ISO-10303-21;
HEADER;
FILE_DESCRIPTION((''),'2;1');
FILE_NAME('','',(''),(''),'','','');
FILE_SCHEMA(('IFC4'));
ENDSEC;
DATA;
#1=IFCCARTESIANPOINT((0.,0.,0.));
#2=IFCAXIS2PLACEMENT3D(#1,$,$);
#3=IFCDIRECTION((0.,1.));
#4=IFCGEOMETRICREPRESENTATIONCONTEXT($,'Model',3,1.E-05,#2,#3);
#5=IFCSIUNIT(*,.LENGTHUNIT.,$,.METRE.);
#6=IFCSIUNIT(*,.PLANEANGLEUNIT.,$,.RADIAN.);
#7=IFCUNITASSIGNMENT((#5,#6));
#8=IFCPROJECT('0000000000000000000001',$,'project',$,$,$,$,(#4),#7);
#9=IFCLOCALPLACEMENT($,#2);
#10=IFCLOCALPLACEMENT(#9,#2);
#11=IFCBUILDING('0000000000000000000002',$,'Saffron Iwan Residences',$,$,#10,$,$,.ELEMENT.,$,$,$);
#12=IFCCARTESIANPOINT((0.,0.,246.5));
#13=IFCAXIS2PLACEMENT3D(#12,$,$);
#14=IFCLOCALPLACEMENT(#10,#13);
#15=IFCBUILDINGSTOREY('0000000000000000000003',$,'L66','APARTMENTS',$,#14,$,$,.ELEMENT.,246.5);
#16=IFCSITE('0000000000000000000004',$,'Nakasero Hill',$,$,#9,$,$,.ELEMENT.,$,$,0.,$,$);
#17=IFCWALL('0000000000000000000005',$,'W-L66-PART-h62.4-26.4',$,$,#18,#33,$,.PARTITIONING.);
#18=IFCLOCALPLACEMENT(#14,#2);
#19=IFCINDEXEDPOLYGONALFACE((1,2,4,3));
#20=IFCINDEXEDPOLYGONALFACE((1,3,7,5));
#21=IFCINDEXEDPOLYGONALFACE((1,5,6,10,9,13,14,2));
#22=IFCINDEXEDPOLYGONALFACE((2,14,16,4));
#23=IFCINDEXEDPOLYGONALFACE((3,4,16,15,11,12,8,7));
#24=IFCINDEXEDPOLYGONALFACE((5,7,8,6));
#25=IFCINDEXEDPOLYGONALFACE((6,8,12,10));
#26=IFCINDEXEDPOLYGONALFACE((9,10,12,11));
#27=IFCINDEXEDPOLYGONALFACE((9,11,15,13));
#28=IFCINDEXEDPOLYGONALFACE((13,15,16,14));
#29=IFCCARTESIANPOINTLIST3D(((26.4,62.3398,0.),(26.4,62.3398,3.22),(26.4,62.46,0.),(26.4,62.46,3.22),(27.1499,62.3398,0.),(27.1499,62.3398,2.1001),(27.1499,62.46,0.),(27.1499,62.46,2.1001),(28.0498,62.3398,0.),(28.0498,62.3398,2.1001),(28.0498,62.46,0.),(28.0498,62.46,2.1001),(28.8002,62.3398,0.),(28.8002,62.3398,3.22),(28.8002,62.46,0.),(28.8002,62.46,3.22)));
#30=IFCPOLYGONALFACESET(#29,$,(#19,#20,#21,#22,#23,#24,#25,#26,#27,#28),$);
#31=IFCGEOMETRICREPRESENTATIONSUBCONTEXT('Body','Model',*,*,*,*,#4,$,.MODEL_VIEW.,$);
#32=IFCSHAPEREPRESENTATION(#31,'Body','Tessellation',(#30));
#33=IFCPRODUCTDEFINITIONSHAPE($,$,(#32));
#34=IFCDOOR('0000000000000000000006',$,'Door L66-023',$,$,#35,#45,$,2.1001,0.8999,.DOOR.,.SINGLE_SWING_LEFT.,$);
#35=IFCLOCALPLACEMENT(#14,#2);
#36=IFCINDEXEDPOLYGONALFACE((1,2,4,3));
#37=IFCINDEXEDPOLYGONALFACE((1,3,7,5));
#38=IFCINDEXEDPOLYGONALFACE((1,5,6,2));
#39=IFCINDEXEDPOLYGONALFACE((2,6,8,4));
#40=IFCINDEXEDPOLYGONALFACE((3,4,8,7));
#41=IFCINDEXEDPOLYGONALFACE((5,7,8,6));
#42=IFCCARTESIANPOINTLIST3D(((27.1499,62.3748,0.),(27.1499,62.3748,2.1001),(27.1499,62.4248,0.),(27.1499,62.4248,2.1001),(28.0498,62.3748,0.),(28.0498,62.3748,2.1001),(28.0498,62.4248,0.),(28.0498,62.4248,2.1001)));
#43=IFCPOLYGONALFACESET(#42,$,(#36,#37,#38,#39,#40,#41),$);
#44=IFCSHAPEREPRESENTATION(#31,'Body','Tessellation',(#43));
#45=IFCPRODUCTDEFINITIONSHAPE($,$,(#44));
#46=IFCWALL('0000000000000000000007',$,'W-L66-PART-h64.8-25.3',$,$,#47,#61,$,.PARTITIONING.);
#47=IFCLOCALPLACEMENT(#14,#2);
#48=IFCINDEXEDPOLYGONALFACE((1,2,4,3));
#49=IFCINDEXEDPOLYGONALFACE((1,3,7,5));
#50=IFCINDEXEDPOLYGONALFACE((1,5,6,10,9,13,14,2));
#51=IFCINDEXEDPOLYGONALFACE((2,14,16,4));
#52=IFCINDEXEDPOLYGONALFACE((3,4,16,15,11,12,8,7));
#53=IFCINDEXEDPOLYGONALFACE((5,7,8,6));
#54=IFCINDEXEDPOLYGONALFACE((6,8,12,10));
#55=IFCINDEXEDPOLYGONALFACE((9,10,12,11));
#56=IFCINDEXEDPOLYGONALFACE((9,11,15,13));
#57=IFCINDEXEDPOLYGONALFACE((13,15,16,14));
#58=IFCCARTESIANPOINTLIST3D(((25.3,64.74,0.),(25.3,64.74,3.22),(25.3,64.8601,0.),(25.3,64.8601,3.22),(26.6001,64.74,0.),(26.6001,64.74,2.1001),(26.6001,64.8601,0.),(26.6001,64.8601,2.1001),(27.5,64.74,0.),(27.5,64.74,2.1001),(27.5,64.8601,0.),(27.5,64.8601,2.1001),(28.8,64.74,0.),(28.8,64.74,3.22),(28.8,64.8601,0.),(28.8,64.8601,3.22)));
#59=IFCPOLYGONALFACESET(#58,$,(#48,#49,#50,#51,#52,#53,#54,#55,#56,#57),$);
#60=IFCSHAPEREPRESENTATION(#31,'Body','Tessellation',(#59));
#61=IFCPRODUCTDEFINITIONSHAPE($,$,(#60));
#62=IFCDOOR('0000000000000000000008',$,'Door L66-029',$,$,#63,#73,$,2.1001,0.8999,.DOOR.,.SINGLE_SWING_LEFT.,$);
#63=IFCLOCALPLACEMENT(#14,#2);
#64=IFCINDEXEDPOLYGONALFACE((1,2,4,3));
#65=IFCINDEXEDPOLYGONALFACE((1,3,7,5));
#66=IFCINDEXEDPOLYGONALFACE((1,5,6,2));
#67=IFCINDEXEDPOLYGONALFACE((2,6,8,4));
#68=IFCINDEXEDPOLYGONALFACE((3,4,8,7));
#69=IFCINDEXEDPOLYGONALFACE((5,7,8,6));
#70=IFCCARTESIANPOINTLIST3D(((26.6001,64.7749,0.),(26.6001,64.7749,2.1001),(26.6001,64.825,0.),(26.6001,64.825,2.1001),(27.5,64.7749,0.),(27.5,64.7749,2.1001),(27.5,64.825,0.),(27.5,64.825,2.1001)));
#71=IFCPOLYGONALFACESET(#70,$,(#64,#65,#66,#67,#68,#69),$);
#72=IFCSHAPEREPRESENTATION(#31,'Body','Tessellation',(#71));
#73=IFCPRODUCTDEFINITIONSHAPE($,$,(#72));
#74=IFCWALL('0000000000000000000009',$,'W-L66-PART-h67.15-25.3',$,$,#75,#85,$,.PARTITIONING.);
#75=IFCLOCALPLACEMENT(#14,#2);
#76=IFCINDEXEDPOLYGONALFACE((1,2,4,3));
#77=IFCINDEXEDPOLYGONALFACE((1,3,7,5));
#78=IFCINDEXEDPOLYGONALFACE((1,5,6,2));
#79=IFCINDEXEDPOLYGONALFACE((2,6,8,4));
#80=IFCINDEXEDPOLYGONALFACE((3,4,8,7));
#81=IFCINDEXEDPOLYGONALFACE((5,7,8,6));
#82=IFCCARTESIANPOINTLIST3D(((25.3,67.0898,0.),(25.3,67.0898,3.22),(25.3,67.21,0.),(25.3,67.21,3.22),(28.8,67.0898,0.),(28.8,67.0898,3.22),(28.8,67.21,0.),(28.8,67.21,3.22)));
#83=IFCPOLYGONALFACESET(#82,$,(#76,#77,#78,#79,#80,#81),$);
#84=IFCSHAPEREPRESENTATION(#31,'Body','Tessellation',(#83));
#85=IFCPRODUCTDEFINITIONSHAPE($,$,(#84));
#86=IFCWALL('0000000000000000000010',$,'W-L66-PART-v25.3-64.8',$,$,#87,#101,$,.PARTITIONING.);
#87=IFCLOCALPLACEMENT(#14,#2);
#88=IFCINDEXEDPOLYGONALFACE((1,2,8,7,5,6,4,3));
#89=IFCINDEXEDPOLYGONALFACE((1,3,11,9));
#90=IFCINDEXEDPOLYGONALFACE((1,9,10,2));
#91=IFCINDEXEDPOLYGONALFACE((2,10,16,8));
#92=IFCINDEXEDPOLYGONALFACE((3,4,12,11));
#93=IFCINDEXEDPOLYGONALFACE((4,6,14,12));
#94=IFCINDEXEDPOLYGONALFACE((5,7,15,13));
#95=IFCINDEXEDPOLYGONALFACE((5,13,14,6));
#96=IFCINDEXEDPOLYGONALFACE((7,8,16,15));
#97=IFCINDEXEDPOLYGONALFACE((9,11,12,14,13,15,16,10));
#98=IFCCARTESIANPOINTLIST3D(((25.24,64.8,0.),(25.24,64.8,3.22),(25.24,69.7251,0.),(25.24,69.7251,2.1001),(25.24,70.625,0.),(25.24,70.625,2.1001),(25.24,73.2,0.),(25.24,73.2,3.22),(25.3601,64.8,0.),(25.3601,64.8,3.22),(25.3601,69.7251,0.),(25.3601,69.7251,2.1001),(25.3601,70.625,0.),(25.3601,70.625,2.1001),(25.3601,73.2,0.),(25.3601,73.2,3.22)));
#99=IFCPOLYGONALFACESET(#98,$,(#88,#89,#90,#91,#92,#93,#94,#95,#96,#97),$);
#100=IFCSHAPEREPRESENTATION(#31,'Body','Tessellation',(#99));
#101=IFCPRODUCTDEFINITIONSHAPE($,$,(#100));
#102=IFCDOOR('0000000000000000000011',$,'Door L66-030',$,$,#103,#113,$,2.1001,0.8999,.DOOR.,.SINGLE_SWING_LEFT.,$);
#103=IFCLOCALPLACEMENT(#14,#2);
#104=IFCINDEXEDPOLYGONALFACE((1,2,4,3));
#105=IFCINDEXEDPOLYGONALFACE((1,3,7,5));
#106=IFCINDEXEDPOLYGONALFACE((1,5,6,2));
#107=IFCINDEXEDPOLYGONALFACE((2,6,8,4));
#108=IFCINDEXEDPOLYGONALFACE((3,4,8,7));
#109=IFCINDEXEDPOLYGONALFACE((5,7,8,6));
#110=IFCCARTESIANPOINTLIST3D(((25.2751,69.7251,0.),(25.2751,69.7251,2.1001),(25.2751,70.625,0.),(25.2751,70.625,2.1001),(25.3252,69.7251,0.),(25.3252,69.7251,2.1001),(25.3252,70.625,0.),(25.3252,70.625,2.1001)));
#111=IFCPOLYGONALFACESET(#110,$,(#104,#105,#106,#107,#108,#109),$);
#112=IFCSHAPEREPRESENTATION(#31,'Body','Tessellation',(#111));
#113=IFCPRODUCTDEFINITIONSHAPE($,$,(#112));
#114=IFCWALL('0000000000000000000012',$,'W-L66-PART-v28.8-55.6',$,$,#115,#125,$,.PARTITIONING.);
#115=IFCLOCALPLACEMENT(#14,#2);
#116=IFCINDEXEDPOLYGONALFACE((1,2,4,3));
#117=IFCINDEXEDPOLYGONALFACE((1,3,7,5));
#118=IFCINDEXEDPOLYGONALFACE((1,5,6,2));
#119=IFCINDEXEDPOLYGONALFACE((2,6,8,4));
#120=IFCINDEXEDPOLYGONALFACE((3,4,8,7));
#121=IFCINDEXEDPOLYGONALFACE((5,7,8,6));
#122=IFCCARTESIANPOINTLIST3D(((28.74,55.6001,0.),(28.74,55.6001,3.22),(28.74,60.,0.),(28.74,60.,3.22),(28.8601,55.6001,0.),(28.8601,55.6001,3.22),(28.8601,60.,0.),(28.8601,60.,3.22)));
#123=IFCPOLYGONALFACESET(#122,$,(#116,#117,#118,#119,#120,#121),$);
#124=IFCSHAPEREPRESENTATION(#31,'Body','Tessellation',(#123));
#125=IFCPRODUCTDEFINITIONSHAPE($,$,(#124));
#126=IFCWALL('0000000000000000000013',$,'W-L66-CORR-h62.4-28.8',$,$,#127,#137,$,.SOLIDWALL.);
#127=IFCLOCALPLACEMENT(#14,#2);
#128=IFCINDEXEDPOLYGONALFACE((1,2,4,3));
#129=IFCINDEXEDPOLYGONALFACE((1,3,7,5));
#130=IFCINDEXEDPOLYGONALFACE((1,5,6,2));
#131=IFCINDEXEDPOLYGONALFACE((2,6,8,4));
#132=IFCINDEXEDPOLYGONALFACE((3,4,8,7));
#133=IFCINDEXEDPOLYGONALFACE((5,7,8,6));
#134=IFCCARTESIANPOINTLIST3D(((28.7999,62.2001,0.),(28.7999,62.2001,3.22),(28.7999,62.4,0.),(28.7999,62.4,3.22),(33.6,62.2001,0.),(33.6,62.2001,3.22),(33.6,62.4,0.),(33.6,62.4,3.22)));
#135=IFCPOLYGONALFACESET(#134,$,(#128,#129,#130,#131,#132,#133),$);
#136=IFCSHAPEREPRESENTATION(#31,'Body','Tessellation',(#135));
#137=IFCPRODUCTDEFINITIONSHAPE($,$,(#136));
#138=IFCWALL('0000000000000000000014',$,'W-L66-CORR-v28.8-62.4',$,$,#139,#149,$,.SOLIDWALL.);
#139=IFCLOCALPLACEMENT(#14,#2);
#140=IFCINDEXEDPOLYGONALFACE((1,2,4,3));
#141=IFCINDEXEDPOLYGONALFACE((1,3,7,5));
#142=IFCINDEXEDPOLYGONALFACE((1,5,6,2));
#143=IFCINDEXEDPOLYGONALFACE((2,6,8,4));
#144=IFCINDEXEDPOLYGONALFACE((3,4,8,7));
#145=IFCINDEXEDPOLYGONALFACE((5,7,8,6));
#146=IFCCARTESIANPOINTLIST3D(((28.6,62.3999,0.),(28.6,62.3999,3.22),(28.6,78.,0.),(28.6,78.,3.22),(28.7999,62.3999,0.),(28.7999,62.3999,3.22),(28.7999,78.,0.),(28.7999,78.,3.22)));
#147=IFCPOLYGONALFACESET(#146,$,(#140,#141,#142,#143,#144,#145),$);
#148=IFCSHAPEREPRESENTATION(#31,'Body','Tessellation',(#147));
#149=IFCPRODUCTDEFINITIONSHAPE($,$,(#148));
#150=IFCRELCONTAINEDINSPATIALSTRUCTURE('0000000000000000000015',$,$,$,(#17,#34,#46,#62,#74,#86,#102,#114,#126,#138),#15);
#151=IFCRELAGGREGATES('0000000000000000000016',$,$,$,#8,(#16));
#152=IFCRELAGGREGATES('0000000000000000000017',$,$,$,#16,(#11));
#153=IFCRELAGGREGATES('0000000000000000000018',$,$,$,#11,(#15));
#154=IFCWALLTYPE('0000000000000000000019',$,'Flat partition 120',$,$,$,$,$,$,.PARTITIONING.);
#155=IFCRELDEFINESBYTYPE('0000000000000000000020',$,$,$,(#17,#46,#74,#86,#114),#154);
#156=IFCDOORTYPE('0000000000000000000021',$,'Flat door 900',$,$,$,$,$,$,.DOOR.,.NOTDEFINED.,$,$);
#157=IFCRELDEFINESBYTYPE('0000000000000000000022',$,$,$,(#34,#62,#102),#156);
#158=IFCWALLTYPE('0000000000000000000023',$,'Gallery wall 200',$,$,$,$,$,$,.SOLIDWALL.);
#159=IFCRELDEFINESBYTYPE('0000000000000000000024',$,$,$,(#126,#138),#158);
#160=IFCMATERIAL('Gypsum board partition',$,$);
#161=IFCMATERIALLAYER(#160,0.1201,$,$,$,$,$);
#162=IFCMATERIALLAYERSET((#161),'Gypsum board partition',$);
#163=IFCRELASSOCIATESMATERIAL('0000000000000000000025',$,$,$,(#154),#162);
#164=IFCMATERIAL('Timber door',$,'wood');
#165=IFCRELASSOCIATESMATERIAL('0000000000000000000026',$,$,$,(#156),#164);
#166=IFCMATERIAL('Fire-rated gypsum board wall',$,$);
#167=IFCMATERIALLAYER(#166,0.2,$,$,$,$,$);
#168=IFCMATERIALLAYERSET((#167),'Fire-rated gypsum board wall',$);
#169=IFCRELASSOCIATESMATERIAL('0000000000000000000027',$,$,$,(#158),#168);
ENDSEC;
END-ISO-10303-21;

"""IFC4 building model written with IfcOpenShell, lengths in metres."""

from ifc_helpers import new_model, si_unit, direction, frame, frame_2d, origin, place, context, subcontext, project, spatial, rectangle, extrude, material, layer, layer_set, type_object, element, fill, save


model = new_model("IFC4")

# Units and contexts
model_context = context("Model", 3, precision=1e-05, world=origin(), true_north=direction((0.0, 1.0)))
body_context = subcontext(model_context, "Body", "Model", "MODEL_VIEW")
ifc_project = project(units=[si_unit("LENGTHUNIT", "METRE"), si_unit("PLANEANGLEUNIT", "RADIAN")], contexts=[model_context])

# Site, building, storey
site_placement = place(None, origin())
site = spatial("IfcSite", under=ifc_project, at=site_placement, Name="Nakasero Hill", CompositionType="ELEMENT", RefElevation=0.0)
building_placement = place(site_placement, origin())
building = spatial("IfcBuilding", under=site, at=building_placement, Name="Saffron Iwan Residences", CompositionType="ELEMENT")
storey_placement = place(building_placement, frame((0.0, 0.0, 246.5)))
storey = spatial("IfcBuildingStorey", under=building, at=storey_placement, Name="L66", Description="APARTMENTS", CompositionType="ELEMENT", Elevation=246.5)

# Shared definitions
ifc_material_1 = material(Name="Fire-rated gypsum board wall")
ifc_material_2 = material(Name="Gypsum board partition")
ifc_layer_1 = layer(ifc_material_2, 0.1201)
ifc_layer_set_1 = layer_set([ifc_layer_1], Name="Gypsum board partition")
wall_type_1 = type_object("IfcWallType", Name="Flat partition 120", PredefinedType="PARTITIONING", material=ifc_layer_set_1)

# Walls, openings, doors
wall_1_placement = place(storey_placement, frame((26.3999, 62.3999, 0.0), z_axis=(0.0, 0.0, 1.0), x_axis=(1.0, 0.0, 0.0)))
wall_1 = element("IfcWall", 1, at=wall_1_placement, inside=storey, type_object=wall_type_1, Name="W-L66-PART-h62.4-26.4", PredefinedType="PARTITIONING", context=body_context, shape_type="SweptSolid", body=[
    extrude(rectangle(XDim=2.4001, YDim=0.1201, at=frame_2d((1.2002, 0.0))), origin(), (0.0, 0.0, 1.0), 3.22),
])
opening_1_placement = place(wall_1_placement, frame((0.75, 0.0, 0.0)))
opening_1 = element("IfcOpeningElement", 2, at=opening_1_placement, cuts=wall_1, PredefinedType="OPENING", context=body_context, shape_type="SweptSolid", body=[
    extrude(rectangle(XDim=0.8999, YDim=2.1001, at=frame_2d((0.45, 1.05))), frame((0.0, 0.0701, 0.0), z_axis=(0.0, -1.0, 0.0), x_axis=(1.0, 0.0, 0.0)), (0.0, 0.0, 1.0), 0.1401),
])
ifc_material_3 = material(Name="Timber door", Category="wood")
door_type_1 = type_object("IfcDoorType", Name="Flat door 900", OperationType="NOTDEFINED", PredefinedType="DOOR", material=ifc_material_3)
door_1_placement = place(opening_1_placement, origin())
door_1 = element("IfcDoor", 3, at=door_1_placement, inside=storey, type_object=door_type_1, Name="Door L66-023", OperationType="SINGLE_SWING_LEFT", OverallHeight=2.1001, OverallWidth=0.8999, PredefinedType="DOOR", context=body_context, shape_type="SweptSolid", body=[
    extrude(rectangle(XDim=0.8999, YDim=2.1001, at=frame_2d((0.45, 1.05))), frame((0.0, 0.0249, 0.0), z_axis=(0.0, -1.0, 0.0), x_axis=(1.0, 0.0, 0.0)), (0.0, 0.0, 1.0), 0.05),
])
fill(opening_1, door_1)
wall_2_placement = place(storey_placement, frame((25.3, 64.8, 0.0), z_axis=(0.0, 0.0, 1.0), x_axis=(1.0, 0.0, 0.0)))
wall_2 = element("IfcWall", 4, at=wall_2_placement, inside=storey, type_object=wall_type_1, Name="W-L66-PART-h64.8-25.3", PredefinedType="PARTITIONING", context=body_context, shape_type="SweptSolid", body=[
    extrude(rectangle(XDim=3.5, YDim=0.1201, at=frame_2d((1.75, 0.0))), origin(), (0.0, 0.0, 1.0), 3.22),
])
opening_2_placement = place(wall_2_placement, frame((1.3, 0.0, 0.0)))
opening_2 = element("IfcOpeningElement", 5, at=opening_2_placement, cuts=wall_2, PredefinedType="OPENING", context=body_context, shape_type="SweptSolid", body=[
    extrude(rectangle(XDim=0.8999, YDim=2.1001, at=frame_2d((0.45, 1.05))), frame((0.0, 0.0701, 0.0), z_axis=(0.0, -1.0, 0.0), x_axis=(1.0, 0.0, 0.0)), (0.0, 0.0, 1.0), 0.1401),
])
door_2_placement = place(opening_2_placement, origin())
door_2 = element("IfcDoor", 6, at=door_2_placement, inside=storey, type_object=door_type_1, Name="Door L66-029", OperationType="SINGLE_SWING_LEFT", OverallHeight=2.1001, OverallWidth=0.8999, PredefinedType="DOOR", context=body_context, shape_type="SweptSolid", body=[
    extrude(rectangle(XDim=0.8999, YDim=2.1001, at=frame_2d((0.45, 1.05))), frame((0.0, 0.0249, 0.0), z_axis=(0.0, -1.0, 0.0), x_axis=(1.0, 0.0, 0.0)), (0.0, 0.0, 1.0), 0.05),
])
fill(opening_2, door_2)

# Wall
wall_3_placement = place(storey_placement, frame((25.3, 67.1499, 0.0), z_axis=(0.0, 0.0, 1.0), x_axis=(1.0, 0.0, 0.0)))
element("IfcWall", 7, at=wall_3_placement, inside=storey, type_object=wall_type_1, Name="W-L66-PART-h67.15-25.3", PredefinedType="PARTITIONING", context=body_context, shape_type="SweptSolid", body=[
    extrude(rectangle(XDim=3.5, YDim=0.1201, at=frame_2d((1.75, 0.0))), origin(), (0.0, 0.0, 1.0), 3.22),
])

# Wall, opening, door
wall_4_placement = place(storey_placement, frame((25.3, 64.8, 0.0), z_axis=(0.0, 0.0, 1.0), x_axis=(0.0, 1.0, 0.0)))
wall_4 = element("IfcWall", 8, at=wall_4_placement, inside=storey, type_object=wall_type_1, Name="W-L66-PART-v25.3-64.8", PredefinedType="PARTITIONING", context=body_context, shape_type="SweptSolid", body=[
    extrude(rectangle(XDim=8.3999, YDim=0.1201, at=frame_2d((4.2, 0.0))), origin(), (0.0, 0.0, 1.0), 3.22),
])
opening_3_placement = place(wall_4_placement, frame((4.925, 0.0, 0.0)))
opening_3 = element("IfcOpeningElement", 9, at=opening_3_placement, cuts=wall_4, PredefinedType="OPENING", context=body_context, shape_type="SweptSolid", body=[
    extrude(rectangle(XDim=0.8999, YDim=2.1001, at=frame_2d((0.45, 1.05))), frame((0.0, 0.0701, 0.0), z_axis=(0.0, -1.0, 0.0), x_axis=(1.0, 0.0, 0.0)), (0.0, 0.0, 1.0), 0.1401),
])
door_3_placement = place(opening_3_placement, origin())
door_3 = element("IfcDoor", 10, at=door_3_placement, inside=storey, type_object=door_type_1, Name="Door L66-030", OperationType="SINGLE_SWING_LEFT", OverallHeight=2.1001, OverallWidth=0.8999, PredefinedType="DOOR", context=body_context, shape_type="SweptSolid", body=[
    extrude(rectangle(XDim=0.8999, YDim=2.1001, at=frame_2d((0.45, 1.05))), frame((0.0, 0.0249, 0.0), z_axis=(0.0, -1.0, 0.0), x_axis=(1.0, 0.0, 0.0)), (0.0, 0.0, 1.0), 0.05),
])
fill(opening_3, door_3)

# Walls
wall_5_placement = place(storey_placement, frame((28.8, 55.6001, 0.0), z_axis=(0.0, 0.0, 1.0), x_axis=(0.0, 1.0, 0.0)))
element("IfcWall", 11, at=wall_5_placement, inside=storey, type_object=wall_type_1, Name="W-L66-PART-v28.8-55.6", PredefinedType="PARTITIONING", context=body_context, shape_type="SweptSolid", body=[
    extrude(rectangle(XDim=4.3999, YDim=0.1201, at=frame_2d((2.2, 0.0))), origin(), (0.0, 0.0, 1.0), 3.22),
])
ifc_layer_2 = layer(ifc_material_1, 0.2)
ifc_layer_set_2 = layer_set([ifc_layer_2], Name="Fire-rated gypsum board wall")
wall_type_2 = type_object("IfcWallType", Name="Gallery wall 200", PredefinedType="SOLIDWALL", material=ifc_layer_set_2)
wall_6_placement = place(storey_placement, frame((28.8, 62.3, 0.0), z_axis=(0.0, 0.0, 1.0), x_axis=(1.0, 0.0, 0.0)))
element("IfcWall", 12, at=wall_6_placement, inside=storey, type_object=wall_type_2, Name="W-L66-CORR-h62.4-28.8", PredefinedType="SOLIDWALL", context=body_context, shape_type="SweptSolid", body=[
    extrude(rectangle(XDim=4.8, YDim=0.2, at=frame_2d((2.3999, 0.0))), origin(), (0.0, 0.0, 1.0), 3.22),
])
wall_7_placement = place(storey_placement, frame((28.7, 62.3999, 0.0), z_axis=(0.0, 0.0, 1.0), x_axis=(0.0, 1.0, 0.0)))
element("IfcWall", 13, at=wall_7_placement, inside=storey, type_object=wall_type_2, Name="W-L66-CORR-v28.8-62.4", PredefinedType="SOLIDWALL", context=body_context, shape_type="SweptSolid", body=[
    extrude(rectangle(XDim=15.6001, YDim=0.2, at=frame_2d((7.8, 0.0))), origin(), (0.0, 0.0, 1.0), 3.22),
])

save(model, "model.ifc")
